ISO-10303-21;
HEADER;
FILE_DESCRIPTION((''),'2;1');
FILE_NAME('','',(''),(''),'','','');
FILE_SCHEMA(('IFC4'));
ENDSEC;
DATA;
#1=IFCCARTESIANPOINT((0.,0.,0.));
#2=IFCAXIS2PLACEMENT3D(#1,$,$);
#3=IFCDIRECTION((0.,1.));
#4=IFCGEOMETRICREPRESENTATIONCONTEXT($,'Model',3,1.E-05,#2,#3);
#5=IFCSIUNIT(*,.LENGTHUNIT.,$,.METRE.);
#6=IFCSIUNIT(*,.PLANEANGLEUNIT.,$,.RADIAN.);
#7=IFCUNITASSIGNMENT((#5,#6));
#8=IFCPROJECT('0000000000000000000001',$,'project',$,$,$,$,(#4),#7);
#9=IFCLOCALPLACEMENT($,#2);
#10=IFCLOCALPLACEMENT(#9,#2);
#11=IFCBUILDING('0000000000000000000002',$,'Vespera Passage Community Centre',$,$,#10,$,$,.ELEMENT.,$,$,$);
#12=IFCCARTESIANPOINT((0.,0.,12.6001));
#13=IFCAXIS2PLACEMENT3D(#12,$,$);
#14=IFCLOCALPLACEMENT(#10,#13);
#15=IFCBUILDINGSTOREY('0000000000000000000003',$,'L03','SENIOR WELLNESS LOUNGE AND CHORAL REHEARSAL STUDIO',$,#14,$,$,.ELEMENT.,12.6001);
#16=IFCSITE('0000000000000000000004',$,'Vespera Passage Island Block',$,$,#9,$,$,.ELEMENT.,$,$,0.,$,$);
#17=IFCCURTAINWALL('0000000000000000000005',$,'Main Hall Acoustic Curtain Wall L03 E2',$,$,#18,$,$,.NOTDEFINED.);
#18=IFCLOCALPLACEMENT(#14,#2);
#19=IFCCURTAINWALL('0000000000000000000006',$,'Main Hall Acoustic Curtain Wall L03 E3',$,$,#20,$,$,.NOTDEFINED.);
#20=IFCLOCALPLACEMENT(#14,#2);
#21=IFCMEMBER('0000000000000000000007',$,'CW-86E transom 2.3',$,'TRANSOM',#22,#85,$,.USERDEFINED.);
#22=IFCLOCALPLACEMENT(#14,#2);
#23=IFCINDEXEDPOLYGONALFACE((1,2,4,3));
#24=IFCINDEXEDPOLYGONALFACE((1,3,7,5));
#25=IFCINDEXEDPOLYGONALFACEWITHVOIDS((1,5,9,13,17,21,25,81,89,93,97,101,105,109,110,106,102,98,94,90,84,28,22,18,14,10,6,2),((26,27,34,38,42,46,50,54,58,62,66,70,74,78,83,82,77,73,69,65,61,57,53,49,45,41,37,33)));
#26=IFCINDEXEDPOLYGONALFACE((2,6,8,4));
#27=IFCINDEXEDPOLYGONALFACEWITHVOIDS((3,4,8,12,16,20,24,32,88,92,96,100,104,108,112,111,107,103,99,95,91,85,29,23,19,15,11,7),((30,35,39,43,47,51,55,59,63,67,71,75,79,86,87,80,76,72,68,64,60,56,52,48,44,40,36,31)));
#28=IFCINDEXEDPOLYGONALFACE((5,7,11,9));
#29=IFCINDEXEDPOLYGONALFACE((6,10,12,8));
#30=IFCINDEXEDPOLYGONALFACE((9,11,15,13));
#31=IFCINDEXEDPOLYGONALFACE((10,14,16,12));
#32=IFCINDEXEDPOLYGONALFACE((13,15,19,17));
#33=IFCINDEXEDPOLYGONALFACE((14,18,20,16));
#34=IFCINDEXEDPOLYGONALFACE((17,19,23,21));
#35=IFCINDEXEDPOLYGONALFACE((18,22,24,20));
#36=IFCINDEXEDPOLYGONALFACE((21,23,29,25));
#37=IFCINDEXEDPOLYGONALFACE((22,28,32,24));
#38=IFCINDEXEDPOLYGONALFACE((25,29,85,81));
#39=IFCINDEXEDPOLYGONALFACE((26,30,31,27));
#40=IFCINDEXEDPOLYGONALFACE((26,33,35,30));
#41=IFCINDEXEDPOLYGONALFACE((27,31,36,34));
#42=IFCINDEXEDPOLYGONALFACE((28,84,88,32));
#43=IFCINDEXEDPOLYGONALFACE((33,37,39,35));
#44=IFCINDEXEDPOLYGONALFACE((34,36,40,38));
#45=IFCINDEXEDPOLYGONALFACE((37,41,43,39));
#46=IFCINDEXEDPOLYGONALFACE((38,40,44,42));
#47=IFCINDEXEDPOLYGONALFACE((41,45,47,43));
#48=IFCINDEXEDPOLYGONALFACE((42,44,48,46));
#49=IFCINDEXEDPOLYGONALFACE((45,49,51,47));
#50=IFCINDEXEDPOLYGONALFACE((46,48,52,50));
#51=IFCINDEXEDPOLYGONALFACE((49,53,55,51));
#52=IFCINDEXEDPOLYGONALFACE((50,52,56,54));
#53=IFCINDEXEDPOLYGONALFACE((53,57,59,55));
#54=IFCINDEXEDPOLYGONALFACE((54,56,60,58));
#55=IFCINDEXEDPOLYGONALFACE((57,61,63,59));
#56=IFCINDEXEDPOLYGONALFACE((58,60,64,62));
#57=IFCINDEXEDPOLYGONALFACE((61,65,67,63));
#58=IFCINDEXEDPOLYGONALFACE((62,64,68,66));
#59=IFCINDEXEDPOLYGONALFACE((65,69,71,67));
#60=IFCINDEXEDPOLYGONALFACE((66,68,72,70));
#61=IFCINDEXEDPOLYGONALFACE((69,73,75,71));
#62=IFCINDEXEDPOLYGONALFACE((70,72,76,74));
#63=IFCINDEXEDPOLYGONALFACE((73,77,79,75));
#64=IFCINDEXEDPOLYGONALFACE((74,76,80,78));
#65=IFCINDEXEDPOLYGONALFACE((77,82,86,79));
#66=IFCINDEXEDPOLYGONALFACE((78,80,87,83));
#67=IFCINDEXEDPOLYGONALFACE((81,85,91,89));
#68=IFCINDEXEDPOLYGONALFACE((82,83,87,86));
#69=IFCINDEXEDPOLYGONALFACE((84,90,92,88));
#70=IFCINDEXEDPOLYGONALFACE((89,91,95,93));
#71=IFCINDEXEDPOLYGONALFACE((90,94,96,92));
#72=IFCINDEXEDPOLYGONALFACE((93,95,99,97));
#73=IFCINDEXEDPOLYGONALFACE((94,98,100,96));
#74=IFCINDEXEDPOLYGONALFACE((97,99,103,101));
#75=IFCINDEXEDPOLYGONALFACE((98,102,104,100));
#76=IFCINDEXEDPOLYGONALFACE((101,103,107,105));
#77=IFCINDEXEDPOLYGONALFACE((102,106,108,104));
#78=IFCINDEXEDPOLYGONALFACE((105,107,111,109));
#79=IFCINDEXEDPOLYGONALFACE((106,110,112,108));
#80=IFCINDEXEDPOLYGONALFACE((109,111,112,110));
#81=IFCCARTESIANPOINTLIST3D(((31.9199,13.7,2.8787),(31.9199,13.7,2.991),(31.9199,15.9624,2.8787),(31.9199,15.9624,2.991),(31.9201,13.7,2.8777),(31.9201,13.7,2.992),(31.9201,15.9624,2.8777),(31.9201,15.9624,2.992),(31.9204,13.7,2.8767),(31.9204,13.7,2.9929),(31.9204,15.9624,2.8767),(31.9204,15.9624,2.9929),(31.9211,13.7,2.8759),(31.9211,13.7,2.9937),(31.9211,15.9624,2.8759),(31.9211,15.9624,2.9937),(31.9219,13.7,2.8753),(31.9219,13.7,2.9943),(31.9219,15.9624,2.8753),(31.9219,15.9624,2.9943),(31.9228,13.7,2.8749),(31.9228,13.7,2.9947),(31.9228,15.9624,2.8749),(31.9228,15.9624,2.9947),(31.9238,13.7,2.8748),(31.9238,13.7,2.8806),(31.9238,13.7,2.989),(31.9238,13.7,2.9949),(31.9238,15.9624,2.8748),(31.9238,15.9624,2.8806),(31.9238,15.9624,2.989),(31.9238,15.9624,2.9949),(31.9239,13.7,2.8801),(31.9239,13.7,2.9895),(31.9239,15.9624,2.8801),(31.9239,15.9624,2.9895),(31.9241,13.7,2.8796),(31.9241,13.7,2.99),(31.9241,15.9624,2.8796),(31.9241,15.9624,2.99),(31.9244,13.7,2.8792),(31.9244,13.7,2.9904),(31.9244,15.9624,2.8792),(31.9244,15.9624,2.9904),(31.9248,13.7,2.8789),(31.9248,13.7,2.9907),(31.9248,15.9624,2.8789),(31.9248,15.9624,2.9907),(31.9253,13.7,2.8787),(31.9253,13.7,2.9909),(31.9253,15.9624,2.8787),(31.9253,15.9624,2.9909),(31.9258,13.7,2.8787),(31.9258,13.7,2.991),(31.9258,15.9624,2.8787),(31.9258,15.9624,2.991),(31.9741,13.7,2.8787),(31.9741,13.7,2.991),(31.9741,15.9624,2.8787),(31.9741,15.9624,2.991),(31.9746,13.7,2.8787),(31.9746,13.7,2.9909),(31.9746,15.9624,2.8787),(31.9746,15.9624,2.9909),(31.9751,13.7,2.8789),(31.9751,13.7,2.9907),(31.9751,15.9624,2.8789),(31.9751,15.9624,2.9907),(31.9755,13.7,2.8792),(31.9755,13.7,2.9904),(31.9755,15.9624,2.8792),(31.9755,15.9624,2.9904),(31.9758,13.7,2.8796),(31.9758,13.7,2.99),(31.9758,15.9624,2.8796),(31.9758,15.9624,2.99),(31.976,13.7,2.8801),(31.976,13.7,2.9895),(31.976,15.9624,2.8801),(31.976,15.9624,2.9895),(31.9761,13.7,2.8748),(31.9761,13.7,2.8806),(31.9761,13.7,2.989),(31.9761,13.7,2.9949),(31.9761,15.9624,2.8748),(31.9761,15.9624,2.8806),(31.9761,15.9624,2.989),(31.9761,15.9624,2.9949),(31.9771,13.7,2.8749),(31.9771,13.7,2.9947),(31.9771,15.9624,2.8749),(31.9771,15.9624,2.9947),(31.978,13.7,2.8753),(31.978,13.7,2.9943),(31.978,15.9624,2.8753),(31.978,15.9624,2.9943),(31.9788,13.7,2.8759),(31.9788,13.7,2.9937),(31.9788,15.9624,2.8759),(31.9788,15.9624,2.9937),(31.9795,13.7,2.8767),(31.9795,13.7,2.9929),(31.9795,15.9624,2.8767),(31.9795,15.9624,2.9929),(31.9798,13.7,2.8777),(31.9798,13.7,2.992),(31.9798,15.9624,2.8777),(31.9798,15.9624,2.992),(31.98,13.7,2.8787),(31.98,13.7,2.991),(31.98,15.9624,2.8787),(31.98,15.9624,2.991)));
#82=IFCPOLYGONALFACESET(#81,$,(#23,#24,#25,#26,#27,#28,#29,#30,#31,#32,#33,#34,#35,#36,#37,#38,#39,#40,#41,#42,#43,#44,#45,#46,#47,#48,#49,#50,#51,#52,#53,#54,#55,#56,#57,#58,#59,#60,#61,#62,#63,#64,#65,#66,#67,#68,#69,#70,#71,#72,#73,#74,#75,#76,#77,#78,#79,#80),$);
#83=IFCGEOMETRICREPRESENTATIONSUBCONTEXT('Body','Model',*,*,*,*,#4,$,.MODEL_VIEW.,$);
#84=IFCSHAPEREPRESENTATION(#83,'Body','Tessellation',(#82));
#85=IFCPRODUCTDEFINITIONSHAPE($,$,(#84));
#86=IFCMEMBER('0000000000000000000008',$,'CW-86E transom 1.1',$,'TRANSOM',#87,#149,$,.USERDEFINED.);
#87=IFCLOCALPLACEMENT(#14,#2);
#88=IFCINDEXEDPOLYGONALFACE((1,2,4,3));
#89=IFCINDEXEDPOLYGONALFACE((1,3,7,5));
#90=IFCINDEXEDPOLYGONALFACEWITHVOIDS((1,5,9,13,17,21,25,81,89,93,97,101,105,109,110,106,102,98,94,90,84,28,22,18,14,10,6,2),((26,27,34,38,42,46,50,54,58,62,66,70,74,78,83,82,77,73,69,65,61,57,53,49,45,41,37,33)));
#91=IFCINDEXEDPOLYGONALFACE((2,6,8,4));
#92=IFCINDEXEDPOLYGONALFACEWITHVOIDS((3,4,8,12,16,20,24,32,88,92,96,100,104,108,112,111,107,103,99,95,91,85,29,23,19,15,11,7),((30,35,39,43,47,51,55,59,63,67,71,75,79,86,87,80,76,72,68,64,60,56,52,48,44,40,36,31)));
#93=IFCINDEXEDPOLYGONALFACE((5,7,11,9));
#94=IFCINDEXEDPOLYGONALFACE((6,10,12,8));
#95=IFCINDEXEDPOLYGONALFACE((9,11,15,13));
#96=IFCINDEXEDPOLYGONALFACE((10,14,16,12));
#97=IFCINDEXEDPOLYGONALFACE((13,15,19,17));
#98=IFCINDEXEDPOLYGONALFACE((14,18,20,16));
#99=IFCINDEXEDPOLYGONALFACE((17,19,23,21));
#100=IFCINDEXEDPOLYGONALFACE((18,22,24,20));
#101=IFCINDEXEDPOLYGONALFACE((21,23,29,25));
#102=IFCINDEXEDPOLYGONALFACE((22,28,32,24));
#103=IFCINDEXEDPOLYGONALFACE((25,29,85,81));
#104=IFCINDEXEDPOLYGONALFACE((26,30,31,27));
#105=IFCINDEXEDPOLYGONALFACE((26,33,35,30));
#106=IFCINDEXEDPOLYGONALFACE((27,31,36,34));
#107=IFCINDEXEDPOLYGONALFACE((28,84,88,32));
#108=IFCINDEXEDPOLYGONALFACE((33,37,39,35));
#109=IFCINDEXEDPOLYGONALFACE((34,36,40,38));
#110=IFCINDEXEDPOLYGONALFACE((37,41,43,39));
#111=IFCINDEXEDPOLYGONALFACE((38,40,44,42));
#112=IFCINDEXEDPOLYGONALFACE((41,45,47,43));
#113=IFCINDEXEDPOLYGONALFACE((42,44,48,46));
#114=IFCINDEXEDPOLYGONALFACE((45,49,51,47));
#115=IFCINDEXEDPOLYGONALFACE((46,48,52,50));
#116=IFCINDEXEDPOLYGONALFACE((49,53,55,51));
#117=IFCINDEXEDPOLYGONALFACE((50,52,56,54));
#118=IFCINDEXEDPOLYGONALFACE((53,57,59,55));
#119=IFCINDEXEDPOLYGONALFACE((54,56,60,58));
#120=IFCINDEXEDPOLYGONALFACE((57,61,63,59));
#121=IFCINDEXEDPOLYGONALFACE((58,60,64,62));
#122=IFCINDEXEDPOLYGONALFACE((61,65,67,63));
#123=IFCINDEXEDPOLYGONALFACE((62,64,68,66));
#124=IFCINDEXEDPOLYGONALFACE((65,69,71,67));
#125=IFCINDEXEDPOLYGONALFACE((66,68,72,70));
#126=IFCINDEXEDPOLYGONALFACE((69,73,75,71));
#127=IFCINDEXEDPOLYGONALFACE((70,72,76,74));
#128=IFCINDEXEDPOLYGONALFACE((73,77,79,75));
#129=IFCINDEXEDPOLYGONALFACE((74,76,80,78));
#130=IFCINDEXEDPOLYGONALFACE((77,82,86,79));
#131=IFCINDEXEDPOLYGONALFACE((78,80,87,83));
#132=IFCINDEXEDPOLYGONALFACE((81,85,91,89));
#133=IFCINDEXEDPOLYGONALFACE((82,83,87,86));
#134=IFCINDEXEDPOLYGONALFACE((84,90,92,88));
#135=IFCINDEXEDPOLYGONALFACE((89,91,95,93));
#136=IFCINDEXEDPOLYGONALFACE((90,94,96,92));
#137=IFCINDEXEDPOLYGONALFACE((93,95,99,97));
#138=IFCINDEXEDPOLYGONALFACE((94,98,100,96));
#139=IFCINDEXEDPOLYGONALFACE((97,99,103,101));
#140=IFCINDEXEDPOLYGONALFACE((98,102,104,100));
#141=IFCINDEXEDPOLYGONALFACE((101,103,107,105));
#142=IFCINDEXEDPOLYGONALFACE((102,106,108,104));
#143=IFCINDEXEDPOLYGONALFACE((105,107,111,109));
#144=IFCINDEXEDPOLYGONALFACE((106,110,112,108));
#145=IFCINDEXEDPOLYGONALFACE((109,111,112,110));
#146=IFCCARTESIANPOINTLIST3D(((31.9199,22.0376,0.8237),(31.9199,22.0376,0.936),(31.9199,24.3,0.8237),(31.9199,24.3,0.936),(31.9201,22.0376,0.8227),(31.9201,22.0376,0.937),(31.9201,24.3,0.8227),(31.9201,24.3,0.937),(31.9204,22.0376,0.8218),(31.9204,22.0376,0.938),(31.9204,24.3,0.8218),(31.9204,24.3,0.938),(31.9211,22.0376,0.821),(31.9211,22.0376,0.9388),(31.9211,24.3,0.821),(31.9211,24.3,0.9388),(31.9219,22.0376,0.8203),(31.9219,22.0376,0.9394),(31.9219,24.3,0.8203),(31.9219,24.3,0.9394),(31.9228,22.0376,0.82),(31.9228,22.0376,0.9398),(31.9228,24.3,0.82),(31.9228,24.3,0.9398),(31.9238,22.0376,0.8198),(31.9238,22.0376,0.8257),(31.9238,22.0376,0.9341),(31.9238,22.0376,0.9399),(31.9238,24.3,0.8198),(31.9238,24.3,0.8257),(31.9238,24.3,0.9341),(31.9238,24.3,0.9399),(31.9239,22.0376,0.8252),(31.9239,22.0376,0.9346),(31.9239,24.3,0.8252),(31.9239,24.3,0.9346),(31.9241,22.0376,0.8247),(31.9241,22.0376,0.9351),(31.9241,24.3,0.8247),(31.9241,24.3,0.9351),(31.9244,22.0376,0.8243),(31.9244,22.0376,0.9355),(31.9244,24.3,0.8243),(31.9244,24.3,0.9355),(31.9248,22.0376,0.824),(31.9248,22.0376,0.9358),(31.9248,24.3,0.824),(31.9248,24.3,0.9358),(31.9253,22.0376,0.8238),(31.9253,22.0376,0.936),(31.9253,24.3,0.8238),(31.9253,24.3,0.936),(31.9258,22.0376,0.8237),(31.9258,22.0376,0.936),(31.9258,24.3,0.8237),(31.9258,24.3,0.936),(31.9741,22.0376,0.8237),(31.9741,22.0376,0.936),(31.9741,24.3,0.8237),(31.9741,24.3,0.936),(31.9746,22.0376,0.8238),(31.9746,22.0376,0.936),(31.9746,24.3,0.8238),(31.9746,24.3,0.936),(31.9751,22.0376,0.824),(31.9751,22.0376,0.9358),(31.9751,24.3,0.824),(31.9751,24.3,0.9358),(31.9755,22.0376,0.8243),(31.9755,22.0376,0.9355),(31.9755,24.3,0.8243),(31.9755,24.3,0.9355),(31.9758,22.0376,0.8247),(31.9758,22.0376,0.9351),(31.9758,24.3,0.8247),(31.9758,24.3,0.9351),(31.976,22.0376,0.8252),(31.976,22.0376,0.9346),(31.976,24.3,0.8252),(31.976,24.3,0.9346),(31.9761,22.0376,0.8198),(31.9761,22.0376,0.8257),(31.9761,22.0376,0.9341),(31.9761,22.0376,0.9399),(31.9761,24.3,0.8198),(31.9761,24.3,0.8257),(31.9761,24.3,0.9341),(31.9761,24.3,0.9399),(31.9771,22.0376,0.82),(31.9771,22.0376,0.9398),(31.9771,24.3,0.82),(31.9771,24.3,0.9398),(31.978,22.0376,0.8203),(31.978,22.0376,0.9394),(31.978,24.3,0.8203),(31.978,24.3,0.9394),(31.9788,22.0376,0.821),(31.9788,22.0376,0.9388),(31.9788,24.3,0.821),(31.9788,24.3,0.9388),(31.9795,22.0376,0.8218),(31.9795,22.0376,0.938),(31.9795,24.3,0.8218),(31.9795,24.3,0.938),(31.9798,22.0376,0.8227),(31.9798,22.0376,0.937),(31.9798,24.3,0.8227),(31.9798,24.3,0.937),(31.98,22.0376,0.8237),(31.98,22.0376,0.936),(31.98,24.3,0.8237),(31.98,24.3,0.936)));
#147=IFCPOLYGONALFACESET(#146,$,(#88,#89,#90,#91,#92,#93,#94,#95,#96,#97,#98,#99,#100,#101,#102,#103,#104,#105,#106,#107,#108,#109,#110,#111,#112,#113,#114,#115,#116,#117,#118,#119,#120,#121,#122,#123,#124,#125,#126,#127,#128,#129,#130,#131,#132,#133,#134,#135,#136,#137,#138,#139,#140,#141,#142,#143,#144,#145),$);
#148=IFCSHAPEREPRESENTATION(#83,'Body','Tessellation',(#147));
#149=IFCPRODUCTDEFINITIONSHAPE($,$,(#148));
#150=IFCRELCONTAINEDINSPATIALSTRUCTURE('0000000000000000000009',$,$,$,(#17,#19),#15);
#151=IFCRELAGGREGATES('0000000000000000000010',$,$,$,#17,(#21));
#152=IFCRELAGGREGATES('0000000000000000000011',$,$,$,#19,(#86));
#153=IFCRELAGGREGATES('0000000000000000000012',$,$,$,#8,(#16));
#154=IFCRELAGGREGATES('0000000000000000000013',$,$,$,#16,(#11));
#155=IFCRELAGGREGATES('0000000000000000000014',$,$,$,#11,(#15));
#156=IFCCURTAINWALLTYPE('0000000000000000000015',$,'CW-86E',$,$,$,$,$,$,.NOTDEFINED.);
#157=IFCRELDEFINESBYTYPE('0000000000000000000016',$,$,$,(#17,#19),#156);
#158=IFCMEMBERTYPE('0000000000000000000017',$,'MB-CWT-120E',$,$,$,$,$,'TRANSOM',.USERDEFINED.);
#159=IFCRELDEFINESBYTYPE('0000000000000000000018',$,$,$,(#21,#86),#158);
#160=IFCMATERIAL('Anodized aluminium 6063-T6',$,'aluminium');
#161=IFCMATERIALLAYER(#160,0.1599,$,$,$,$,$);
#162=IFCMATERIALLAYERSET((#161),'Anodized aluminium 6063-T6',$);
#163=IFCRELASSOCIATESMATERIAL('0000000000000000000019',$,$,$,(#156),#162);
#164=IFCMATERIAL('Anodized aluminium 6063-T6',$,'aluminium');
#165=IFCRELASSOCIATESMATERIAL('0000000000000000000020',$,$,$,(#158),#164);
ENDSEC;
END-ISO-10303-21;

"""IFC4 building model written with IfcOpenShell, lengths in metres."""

from ifc_helpers import new_model, si_unit, direction, frame, origin, origin_2d, place, context, subcontext, project, spatial, hollow_rectangle, extrude, material, layer, layer_set, material_profile, profile_set, type_object, element, aggregate, save


model = new_model("IFC4")

# Units and contexts
model_context = context("Model", 3, precision=1e-05, world=origin(), true_north=direction((0.0, 1.0)))
body_context = subcontext(model_context, "Body", "Model", "MODEL_VIEW")
ifc_project = project(units=[si_unit("LENGTHUNIT", "METRE"), si_unit("PLANEANGLEUNIT", "RADIAN")], contexts=[model_context])

# Site, building, storey
site_placement = place(None, origin())
site = spatial("IfcSite", under=ifc_project, at=site_placement, Name="Vespera Passage Island Block", CompositionType="ELEMENT", RefElevation=0.0)
building_placement = place(site_placement, origin())
building = spatial("IfcBuilding", under=site, at=building_placement, Name="Vespera Passage Community Centre", CompositionType="ELEMENT")
storey_placement = place(building_placement, frame((0.0, 0.0, 12.6001)))
storey = spatial("IfcBuildingStorey", under=building, at=storey_placement, Name="L03", Description="SENIOR WELLNESS LOUNGE AND CHORAL REHEARSAL STUDIO", CompositionType="ELEMENT", Elevation=12.6001)

# Curtain walls
ifc_material_1 = material(Name="Anodized aluminium 6063-T6", Category="aluminium")
ifc_layer_1 = layer(ifc_material_1, 0.1599)
ifc_layer_set_1 = layer_set([ifc_layer_1], Name="Anodized aluminium 6063-T6")
curtain_wall_type = type_object("IfcCurtainWallType", Name="CW-86E", PredefinedType="NOTDEFINED", material=ifc_layer_set_1)
curtain_wall_1_placement = place(storey_placement, origin())
curtain_wall_1 = element("IfcCurtainWall", 1, at=curtain_wall_1_placement, inside=storey, type_object=curtain_wall_type, Name="Main Hall Acoustic Curtain Wall L03 E2", PredefinedType="NOTDEFINED")
curtain_wall_2_placement = place(storey_placement, origin())
curtain_wall_2 = element("IfcCurtainWall", 2, at=curtain_wall_2_placement, inside=storey, type_object=curtain_wall_type, Name="Main Hall Acoustic Curtain Wall L03 E3", PredefinedType="NOTDEFINED")

# Members
ifc_material_2 = material(Name="Anodized aluminium 6063-T6", Category="aluminium")
ifc_material_profile_1 = material_profile(ifc_material_2, hollow_rectangle(XDim=0.0601, YDim=0.1201, WallThickness=0.0039, InnerFilletRadius=0.002, OuterFilletRadius=0.0039, at=origin_2d()), Name="ALU120X60X4")
ifc_profile_set_1 = profile_set([ifc_material_profile_1], Name="Anodized aluminium 6063-T6")
member_type_1 = type_object("IfcMemberType", Name="MB-CWT-120E", ElementType="TRANSOM", PredefinedType="USERDEFINED", material=ifc_profile_set_1)
member_1_placement = place(storey_placement, frame((31.95, 15.9624, 2.9348), z_axis=(0.0, -1.0, 0.0), x_axis=(1.0, 0.0, 0.0)))
member_1 = element("IfcMember", 3, at=member_1_placement, type_object=member_type_1, Name="CW-86E transom 2.3", ObjectType="TRANSOM", PredefinedType="USERDEFINED", context=body_context, shape_type="SweptSolid", body=[
    extrude(hollow_rectangle(XDim=0.0601, YDim=0.1201, WallThickness=0.0039, InnerFilletRadius=0.002, OuterFilletRadius=0.0039, at=origin_2d()), origin(), (0.0, 0.0, 1.0), 2.2625),
])
member_2_placement = place(storey_placement, frame((31.95, 24.3, 0.8799), z_axis=(0.0, -1.0, 0.0), x_axis=(1.0, 0.0, 0.0)))
member_2 = element("IfcMember", 4, at=member_2_placement, type_object=member_type_1, Name="CW-86E transom 1.1", ObjectType="TRANSOM", PredefinedType="USERDEFINED", context=body_context, shape_type="SweptSolid", body=[
    extrude(hollow_rectangle(XDim=0.0601, YDim=0.1201, WallThickness=0.0039, InnerFilletRadius=0.002, OuterFilletRadius=0.0039, at=origin_2d()), origin(), (0.0, 0.0, 1.0), 2.2625),
])

aggregate(curtain_wall_1, [member_1])
aggregate(curtain_wall_2, [member_2])

save(model, "model.ifc")
